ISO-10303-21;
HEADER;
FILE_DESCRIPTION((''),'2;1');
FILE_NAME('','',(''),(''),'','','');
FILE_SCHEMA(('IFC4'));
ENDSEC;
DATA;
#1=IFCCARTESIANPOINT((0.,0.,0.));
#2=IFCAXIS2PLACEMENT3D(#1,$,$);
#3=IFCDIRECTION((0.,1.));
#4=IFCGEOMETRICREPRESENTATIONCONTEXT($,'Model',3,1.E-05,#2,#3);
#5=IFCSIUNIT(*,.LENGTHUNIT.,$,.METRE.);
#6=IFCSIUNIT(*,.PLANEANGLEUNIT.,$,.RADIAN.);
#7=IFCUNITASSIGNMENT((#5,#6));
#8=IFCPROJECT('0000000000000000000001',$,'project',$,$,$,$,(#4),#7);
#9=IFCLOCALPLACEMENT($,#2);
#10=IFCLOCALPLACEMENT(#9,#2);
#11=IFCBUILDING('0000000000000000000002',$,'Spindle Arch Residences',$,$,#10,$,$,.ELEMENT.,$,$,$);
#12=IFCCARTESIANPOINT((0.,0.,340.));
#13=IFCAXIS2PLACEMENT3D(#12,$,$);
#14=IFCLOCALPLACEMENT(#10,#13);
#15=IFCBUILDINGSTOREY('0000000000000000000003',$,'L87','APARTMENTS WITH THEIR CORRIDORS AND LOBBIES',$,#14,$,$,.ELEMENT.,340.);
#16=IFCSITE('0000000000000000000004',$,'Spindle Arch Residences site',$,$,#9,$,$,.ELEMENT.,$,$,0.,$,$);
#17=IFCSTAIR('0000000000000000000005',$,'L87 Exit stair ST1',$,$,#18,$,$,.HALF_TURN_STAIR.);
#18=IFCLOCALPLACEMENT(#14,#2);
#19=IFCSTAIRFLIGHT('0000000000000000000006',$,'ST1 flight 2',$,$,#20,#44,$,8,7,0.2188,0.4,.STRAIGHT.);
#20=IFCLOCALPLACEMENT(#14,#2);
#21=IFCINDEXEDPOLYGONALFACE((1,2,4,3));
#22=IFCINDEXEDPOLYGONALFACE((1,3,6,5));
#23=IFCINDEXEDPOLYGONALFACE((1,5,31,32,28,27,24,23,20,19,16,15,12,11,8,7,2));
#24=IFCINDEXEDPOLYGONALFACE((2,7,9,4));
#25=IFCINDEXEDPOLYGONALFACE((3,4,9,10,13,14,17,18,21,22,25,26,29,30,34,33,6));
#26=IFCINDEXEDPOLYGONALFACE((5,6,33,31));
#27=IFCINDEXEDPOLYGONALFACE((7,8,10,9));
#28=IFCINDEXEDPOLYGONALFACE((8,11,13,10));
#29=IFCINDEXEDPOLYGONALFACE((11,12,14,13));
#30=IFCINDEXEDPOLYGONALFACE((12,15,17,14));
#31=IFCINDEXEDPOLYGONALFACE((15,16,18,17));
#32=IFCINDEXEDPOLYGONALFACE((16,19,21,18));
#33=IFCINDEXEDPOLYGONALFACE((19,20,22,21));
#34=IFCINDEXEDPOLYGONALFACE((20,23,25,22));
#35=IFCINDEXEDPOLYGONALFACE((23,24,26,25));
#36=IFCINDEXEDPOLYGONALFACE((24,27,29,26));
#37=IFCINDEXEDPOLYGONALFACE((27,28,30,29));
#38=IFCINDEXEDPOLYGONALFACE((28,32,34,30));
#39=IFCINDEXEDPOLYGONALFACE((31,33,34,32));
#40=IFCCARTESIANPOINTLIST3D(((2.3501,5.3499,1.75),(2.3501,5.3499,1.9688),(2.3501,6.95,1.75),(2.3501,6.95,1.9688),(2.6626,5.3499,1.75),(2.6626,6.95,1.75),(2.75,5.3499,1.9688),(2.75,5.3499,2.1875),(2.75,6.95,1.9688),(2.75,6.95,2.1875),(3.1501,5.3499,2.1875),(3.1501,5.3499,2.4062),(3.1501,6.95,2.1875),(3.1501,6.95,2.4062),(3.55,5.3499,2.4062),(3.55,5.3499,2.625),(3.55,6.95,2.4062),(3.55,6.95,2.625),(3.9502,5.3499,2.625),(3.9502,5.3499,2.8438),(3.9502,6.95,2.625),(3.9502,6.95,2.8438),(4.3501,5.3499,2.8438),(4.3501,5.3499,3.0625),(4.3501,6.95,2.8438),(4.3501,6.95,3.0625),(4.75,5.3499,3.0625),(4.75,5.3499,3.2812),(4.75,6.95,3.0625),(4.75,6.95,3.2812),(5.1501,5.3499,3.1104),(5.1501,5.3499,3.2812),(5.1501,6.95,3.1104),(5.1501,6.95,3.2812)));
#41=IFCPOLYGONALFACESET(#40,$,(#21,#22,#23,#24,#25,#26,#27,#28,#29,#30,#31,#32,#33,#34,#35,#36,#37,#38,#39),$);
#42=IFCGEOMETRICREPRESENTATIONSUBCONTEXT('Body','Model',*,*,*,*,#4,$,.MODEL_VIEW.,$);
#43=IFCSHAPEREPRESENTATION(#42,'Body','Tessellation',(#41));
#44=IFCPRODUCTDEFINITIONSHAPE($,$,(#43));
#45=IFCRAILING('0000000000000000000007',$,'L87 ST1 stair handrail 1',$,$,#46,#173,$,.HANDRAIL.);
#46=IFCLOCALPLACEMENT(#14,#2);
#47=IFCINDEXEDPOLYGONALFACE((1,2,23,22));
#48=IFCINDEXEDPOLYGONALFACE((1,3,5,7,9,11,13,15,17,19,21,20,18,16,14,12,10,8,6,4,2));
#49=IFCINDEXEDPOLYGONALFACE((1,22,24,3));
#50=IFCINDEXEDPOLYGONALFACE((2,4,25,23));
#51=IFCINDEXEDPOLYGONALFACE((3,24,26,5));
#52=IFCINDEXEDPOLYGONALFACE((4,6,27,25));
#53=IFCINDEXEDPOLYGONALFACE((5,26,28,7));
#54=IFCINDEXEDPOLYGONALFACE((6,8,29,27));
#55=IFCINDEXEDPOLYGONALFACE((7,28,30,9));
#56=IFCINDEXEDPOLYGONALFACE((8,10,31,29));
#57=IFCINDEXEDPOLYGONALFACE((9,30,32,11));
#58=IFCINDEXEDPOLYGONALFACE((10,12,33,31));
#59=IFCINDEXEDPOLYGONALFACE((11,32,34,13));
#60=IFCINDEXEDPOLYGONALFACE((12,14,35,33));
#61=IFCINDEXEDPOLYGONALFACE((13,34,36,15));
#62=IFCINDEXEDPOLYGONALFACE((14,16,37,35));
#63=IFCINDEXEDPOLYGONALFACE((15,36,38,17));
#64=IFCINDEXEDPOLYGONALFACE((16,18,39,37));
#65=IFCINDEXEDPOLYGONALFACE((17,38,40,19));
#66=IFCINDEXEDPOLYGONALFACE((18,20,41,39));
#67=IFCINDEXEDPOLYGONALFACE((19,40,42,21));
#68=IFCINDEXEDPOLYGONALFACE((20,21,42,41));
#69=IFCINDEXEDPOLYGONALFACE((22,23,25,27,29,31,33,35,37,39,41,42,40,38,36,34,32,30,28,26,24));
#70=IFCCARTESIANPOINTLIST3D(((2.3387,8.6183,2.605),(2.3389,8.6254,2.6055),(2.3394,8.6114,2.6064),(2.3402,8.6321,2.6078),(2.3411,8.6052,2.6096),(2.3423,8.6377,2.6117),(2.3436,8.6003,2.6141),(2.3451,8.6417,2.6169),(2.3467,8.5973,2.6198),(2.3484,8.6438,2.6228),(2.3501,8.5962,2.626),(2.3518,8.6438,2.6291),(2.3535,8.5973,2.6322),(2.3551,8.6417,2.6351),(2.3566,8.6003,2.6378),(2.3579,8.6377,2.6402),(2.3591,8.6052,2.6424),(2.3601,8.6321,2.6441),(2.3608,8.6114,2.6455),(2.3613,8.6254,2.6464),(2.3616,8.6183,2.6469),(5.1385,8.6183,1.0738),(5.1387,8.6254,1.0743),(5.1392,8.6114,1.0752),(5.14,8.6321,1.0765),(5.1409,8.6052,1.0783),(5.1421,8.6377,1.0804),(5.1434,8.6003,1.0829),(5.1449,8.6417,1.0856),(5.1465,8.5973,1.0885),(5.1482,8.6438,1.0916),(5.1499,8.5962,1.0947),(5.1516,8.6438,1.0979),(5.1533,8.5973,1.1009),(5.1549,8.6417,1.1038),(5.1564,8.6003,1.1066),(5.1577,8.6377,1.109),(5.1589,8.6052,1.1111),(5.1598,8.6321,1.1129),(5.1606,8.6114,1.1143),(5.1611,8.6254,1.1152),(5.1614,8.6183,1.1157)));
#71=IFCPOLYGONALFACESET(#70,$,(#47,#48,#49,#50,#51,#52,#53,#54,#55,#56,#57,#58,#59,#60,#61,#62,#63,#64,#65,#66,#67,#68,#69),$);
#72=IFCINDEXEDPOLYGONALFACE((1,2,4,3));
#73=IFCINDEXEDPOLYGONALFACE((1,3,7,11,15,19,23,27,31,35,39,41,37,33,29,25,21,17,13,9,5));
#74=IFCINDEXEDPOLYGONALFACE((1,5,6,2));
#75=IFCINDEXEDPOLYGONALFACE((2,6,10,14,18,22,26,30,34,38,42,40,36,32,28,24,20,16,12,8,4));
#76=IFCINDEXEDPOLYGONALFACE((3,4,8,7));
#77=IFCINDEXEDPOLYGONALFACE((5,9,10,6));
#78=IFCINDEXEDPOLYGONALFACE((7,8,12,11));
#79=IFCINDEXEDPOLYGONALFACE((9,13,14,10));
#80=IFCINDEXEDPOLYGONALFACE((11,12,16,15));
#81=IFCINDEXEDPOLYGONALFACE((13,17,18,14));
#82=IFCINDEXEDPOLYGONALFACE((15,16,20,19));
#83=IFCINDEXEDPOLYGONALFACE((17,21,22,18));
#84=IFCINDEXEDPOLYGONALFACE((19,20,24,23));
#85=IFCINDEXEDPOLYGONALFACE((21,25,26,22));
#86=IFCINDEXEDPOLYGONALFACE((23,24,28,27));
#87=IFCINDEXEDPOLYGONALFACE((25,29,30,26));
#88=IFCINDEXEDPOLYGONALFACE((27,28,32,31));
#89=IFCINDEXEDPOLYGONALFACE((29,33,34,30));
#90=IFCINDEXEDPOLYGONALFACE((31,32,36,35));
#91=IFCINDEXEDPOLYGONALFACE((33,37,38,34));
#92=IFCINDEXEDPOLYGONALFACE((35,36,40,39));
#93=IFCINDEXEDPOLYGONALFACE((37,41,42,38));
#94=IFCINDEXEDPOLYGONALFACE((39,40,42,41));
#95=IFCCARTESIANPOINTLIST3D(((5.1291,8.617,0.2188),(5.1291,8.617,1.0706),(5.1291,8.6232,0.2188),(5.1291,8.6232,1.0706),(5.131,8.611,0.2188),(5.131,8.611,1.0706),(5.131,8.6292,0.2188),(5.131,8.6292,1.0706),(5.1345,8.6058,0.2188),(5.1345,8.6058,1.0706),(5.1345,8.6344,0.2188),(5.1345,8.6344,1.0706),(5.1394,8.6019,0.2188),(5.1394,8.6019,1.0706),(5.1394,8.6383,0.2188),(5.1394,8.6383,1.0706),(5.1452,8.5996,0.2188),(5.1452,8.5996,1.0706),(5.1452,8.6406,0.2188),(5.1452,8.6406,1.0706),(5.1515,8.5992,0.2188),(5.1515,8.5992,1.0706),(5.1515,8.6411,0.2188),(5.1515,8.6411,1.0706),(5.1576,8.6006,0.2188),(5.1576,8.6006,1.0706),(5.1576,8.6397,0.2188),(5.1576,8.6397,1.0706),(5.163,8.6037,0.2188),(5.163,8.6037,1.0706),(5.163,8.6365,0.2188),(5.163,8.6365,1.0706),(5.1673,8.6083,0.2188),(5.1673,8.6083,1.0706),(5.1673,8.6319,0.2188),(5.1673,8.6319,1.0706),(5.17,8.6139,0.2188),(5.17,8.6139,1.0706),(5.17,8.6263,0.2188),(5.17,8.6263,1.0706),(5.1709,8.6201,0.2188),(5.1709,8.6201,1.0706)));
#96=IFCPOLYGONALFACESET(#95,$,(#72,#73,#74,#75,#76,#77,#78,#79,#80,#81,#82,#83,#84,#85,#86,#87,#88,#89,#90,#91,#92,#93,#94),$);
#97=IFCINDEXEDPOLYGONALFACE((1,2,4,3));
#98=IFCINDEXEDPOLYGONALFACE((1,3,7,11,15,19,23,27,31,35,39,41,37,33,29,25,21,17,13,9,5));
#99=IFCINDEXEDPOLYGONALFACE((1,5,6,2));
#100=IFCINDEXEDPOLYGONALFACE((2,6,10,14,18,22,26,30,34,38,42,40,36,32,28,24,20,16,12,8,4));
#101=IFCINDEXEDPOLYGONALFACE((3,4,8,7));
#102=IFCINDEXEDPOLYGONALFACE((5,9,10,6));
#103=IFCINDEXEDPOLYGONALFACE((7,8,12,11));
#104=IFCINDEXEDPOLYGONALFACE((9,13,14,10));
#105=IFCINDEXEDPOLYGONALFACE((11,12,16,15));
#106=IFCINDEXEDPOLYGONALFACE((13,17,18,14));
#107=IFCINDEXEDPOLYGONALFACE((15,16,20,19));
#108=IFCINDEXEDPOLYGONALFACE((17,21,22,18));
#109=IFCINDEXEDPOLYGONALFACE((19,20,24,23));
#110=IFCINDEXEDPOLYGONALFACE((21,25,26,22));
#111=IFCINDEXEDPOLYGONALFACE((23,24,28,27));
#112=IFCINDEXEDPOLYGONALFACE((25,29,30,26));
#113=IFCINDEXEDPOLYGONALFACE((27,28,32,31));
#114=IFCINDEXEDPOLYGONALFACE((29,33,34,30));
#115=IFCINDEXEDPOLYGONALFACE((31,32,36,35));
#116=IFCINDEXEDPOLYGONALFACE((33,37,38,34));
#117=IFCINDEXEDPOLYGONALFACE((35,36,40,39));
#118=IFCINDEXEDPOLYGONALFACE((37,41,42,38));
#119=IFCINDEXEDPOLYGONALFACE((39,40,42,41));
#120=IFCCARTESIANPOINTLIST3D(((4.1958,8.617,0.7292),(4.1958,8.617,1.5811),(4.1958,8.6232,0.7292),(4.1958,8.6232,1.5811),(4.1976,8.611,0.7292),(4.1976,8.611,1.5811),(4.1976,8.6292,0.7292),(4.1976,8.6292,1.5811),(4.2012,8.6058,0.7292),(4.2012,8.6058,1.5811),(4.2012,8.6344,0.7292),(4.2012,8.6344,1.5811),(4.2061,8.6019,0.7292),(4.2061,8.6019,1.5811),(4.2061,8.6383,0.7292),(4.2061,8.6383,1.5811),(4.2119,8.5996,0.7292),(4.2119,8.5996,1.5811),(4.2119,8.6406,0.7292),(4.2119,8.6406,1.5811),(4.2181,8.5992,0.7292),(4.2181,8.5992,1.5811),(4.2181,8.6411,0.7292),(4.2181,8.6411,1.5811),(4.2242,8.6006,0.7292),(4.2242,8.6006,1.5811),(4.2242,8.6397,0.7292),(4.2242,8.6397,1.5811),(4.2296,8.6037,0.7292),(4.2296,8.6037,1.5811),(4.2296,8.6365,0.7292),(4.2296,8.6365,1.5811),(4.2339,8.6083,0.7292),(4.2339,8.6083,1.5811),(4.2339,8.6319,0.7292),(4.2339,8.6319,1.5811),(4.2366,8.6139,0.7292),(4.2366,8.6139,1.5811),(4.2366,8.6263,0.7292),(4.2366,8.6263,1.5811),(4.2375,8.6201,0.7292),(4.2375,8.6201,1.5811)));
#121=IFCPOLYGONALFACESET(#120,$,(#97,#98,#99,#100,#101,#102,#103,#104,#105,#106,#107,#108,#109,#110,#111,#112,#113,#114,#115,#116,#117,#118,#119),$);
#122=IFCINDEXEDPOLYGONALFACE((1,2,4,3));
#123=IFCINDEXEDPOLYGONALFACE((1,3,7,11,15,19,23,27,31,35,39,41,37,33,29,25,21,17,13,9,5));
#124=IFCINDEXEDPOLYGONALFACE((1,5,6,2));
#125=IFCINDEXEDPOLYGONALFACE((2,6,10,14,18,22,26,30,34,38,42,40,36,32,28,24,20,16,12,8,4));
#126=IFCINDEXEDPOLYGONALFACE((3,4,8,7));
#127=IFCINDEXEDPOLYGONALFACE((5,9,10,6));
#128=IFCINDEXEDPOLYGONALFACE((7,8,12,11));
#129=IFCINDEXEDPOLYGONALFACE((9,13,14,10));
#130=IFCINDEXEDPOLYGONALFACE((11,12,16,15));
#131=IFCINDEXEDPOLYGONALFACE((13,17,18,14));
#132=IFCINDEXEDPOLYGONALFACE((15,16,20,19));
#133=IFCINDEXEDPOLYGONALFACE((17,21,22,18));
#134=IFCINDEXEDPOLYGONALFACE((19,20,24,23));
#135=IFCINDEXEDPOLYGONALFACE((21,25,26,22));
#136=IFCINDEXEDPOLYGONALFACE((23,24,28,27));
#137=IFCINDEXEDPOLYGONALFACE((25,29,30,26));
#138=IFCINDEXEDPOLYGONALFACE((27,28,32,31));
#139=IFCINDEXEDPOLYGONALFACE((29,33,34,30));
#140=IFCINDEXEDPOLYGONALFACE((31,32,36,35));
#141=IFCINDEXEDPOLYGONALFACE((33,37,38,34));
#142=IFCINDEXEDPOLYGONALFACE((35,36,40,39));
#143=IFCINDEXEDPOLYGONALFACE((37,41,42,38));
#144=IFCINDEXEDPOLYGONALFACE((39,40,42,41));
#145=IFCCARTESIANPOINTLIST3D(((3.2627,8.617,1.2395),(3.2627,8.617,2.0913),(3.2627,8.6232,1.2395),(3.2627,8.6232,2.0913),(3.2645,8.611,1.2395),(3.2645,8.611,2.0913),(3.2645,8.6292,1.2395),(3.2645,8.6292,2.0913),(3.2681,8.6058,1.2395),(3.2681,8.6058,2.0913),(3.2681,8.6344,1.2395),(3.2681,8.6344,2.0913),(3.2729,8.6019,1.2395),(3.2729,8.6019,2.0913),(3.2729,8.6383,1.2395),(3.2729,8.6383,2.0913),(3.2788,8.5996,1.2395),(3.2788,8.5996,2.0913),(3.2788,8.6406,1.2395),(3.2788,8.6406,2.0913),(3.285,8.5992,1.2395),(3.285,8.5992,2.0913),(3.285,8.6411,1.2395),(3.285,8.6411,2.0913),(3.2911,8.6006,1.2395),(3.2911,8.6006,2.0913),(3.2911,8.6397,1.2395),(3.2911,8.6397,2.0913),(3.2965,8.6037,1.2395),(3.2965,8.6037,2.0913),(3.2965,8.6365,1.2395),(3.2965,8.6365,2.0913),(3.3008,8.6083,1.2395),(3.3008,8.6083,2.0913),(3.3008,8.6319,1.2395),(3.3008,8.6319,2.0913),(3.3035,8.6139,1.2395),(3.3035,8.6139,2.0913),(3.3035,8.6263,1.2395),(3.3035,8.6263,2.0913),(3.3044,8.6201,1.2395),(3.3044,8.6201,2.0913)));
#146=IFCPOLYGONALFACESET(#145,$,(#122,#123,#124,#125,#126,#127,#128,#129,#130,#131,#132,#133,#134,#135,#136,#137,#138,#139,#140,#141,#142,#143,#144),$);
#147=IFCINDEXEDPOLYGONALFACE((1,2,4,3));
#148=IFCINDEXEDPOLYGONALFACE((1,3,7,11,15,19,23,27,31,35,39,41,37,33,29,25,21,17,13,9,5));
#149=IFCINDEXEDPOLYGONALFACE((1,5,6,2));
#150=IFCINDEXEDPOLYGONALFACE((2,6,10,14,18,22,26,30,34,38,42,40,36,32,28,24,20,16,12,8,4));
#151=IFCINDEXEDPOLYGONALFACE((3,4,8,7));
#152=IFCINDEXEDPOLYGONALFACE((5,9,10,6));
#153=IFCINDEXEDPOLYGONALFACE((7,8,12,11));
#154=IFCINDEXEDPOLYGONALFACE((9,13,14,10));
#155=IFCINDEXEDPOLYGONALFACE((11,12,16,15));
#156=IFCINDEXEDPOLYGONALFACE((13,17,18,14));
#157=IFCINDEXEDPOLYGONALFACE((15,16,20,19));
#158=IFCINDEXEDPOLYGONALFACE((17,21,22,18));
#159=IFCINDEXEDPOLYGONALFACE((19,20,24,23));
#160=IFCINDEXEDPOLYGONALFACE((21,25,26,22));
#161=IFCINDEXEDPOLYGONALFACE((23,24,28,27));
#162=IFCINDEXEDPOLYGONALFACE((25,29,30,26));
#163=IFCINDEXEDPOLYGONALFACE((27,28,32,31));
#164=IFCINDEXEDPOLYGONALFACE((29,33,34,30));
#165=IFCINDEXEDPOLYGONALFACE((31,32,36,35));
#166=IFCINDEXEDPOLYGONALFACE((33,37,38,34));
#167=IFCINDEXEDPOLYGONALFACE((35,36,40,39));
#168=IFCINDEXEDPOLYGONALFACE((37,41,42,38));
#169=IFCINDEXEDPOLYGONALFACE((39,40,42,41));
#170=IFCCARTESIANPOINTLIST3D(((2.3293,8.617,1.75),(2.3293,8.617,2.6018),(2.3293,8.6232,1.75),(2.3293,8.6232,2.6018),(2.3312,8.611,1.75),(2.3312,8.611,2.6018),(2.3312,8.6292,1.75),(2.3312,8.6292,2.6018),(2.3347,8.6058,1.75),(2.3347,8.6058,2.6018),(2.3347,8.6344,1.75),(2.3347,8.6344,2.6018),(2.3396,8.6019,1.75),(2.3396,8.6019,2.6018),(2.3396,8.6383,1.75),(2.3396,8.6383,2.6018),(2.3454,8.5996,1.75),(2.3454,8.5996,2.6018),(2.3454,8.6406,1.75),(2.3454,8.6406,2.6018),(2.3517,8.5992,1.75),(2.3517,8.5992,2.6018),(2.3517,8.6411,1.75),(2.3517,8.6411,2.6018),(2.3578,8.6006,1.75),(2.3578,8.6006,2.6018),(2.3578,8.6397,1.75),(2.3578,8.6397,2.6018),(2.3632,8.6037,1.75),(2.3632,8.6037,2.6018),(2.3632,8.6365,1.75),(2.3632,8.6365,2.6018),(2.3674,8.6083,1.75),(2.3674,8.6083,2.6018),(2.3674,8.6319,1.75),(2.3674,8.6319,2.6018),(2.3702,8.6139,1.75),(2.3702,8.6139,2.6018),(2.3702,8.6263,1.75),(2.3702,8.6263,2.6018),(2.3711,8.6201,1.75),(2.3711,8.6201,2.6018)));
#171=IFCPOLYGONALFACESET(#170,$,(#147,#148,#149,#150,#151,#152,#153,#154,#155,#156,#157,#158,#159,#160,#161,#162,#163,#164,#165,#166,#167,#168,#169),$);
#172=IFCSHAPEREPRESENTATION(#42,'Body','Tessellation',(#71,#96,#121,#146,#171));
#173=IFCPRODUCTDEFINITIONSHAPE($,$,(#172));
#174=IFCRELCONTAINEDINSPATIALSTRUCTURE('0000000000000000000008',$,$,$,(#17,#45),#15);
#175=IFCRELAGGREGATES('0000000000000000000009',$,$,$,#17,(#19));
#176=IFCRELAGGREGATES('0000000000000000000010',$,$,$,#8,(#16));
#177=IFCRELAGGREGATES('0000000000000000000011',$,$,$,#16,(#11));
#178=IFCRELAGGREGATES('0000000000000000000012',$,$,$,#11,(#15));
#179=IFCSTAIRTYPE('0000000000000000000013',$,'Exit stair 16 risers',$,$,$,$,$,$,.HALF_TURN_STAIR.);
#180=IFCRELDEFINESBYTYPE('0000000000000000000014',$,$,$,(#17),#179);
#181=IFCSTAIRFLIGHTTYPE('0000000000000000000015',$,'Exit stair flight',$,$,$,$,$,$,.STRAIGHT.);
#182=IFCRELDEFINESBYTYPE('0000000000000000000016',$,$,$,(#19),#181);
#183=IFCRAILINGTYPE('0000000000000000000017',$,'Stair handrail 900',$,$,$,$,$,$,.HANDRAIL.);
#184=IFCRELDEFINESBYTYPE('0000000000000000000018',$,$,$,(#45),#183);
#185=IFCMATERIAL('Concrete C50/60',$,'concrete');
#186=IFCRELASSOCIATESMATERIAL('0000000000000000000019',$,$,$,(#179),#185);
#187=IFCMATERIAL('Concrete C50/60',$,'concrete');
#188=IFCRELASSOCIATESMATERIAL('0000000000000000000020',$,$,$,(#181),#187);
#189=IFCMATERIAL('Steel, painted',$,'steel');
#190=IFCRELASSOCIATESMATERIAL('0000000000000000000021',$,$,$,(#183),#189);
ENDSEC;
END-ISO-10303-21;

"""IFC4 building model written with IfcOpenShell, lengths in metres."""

from ifc_helpers import new_model, si_unit, direction, frame, origin, origin_2d, place, context, subcontext, project, spatial, polyline, circle, outline, extrude, material, type_object, element, aggregate, save


model = new_model("IFC4")

# Units and contexts
model_context = context("Model", 3, precision=1e-05, world=origin(), true_north=direction((0.0, 1.0)))
body_context = subcontext(model_context, "Body", "Model", "MODEL_VIEW")
ifc_project = project(units=[si_unit("LENGTHUNIT", "METRE"), si_unit("PLANEANGLEUNIT", "RADIAN")], contexts=[model_context])

# Site, building, storey
site_placement = place(None, origin())
site = spatial("IfcSite", under=ifc_project, at=site_placement, Name="Spindle Arch Residences site", CompositionType="ELEMENT", RefElevation=0.0)
building_placement = place(site_placement, origin())
building = spatial("IfcBuilding", under=site, at=building_placement, Name="Spindle Arch Residences", CompositionType="ELEMENT")
storey_placement = place(building_placement, frame((0.0, 0.0, 340.0)))
storey = spatial("IfcBuildingStorey", under=building, at=storey_placement, Name="L87", Description="APARTMENTS WITH THEIR CORRIDORS AND LOBBIES", CompositionType="ELEMENT", Elevation=340.0)

# Stair, stair flight
ifc_material_1 = material(Name="Concrete C50/60", Category="concrete")
stair_type = type_object("IfcStairType", Name="Exit stair 16 risers", PredefinedType="HALF_TURN_STAIR", material=ifc_material_1)
stair_placement = place(storey_placement, origin())
stair = element("IfcStair", 1, at=stair_placement, inside=storey, type_object=stair_type, Name="L87 Exit stair ST1", PredefinedType="HALF_TURN_STAIR")
ifc_material_2 = material(Name="Concrete C50/60", Category="concrete")
stair_flight_type = type_object("IfcStairFlightType", Name="Exit stair flight", PredefinedType="STRAIGHT", material=ifc_material_2)
stair_flight_1_placement = place(storey_placement, frame((2.3501, 6.1499, 1.75), z_axis=(0.0, 0.0, 1.0), x_axis=(1.0, 0.0, 0.0)))
stair_flight_1 = element("IfcStairFlight", 2, at=stair_flight_1_placement, type_object=stair_flight_type, Name="ST1 flight 2", NumberOfRisers=8, NumberOfTreads=7, PredefinedType="STRAIGHT", RiserHeight=0.2188, TreadLength=0.4, context=body_context, shape_type="SweptSolid", body=[
    extrude(outline(polyline([(0.0, 0.0), (0.0, 0.2188), (0.3999, 0.2188), (0.3999, 0.4375), (0.8, 0.4375), (0.8, 0.6562), (1.2, 0.6562), (1.2, 0.875), (1.6001, 0.875), (1.6001, 1.0938), (2.0, 1.0938), (2.0, 1.3125), (2.3999, 1.3125), (2.3999, 1.5312), (2.8, 1.5312), (2.8, 1.75), (2.8, 1.3604), (0.3125, 0.0), (0.0, 0.0)])), frame((0.0, 0.8, 0.0), z_axis=(0.0, -1.0, 0.0), x_axis=(1.0, 0.0, 0.0)), (0.0, 0.0, 1.0), 1.6001),
])
aggregate(stair, [stair_flight_1])

# Railing
ifc_material_3 = material(Name="Steel, painted", Category="steel")
railing_type_1 = type_object("IfcRailingType", Name="Stair handrail 900", PredefinedType="HANDRAIL", material=ifc_material_3)
railing_1_placement = place(storey_placement, frame((5.1499, 8.6201, 0.2188)))
element("IfcRailing", 3, at=railing_1_placement, inside=storey, type_object=railing_type_1, Name="L87 ST1 stair handrail 1", PredefinedType="HANDRAIL", context=body_context, shape_type="SweptSolid", body=[
    extrude(circle(Radius=0.0239, at=origin_2d()), frame((0.0, 0.0, 0.876), z_axis=(-0.877357, 0.0, 0.479838), x_axis=(0.0, -1.0, 0.0)), (0.0, 0.0, 1.0), 3.1912),
    extrude(circle(Radius=0.021, at=origin_2d()), origin(), (0.0, 0.0, 1.0), 0.8518),
    extrude(circle(Radius=0.021, at=origin_2d()), frame((-0.9333, 0.0, 0.5105)), (0.0, 0.0, 1.0), 0.8518),
    extrude(circle(Radius=0.021, at=origin_2d()), frame((-1.8665, 0.0, 1.0208)), (0.0, 0.0, 1.0), 0.8518),
    extrude(circle(Radius=0.021, at=origin_2d()), frame((-2.7998, 0.0, 1.5312)), (0.0, 0.0, 1.0), 0.8518),
])

save(model, "model.ifc")
